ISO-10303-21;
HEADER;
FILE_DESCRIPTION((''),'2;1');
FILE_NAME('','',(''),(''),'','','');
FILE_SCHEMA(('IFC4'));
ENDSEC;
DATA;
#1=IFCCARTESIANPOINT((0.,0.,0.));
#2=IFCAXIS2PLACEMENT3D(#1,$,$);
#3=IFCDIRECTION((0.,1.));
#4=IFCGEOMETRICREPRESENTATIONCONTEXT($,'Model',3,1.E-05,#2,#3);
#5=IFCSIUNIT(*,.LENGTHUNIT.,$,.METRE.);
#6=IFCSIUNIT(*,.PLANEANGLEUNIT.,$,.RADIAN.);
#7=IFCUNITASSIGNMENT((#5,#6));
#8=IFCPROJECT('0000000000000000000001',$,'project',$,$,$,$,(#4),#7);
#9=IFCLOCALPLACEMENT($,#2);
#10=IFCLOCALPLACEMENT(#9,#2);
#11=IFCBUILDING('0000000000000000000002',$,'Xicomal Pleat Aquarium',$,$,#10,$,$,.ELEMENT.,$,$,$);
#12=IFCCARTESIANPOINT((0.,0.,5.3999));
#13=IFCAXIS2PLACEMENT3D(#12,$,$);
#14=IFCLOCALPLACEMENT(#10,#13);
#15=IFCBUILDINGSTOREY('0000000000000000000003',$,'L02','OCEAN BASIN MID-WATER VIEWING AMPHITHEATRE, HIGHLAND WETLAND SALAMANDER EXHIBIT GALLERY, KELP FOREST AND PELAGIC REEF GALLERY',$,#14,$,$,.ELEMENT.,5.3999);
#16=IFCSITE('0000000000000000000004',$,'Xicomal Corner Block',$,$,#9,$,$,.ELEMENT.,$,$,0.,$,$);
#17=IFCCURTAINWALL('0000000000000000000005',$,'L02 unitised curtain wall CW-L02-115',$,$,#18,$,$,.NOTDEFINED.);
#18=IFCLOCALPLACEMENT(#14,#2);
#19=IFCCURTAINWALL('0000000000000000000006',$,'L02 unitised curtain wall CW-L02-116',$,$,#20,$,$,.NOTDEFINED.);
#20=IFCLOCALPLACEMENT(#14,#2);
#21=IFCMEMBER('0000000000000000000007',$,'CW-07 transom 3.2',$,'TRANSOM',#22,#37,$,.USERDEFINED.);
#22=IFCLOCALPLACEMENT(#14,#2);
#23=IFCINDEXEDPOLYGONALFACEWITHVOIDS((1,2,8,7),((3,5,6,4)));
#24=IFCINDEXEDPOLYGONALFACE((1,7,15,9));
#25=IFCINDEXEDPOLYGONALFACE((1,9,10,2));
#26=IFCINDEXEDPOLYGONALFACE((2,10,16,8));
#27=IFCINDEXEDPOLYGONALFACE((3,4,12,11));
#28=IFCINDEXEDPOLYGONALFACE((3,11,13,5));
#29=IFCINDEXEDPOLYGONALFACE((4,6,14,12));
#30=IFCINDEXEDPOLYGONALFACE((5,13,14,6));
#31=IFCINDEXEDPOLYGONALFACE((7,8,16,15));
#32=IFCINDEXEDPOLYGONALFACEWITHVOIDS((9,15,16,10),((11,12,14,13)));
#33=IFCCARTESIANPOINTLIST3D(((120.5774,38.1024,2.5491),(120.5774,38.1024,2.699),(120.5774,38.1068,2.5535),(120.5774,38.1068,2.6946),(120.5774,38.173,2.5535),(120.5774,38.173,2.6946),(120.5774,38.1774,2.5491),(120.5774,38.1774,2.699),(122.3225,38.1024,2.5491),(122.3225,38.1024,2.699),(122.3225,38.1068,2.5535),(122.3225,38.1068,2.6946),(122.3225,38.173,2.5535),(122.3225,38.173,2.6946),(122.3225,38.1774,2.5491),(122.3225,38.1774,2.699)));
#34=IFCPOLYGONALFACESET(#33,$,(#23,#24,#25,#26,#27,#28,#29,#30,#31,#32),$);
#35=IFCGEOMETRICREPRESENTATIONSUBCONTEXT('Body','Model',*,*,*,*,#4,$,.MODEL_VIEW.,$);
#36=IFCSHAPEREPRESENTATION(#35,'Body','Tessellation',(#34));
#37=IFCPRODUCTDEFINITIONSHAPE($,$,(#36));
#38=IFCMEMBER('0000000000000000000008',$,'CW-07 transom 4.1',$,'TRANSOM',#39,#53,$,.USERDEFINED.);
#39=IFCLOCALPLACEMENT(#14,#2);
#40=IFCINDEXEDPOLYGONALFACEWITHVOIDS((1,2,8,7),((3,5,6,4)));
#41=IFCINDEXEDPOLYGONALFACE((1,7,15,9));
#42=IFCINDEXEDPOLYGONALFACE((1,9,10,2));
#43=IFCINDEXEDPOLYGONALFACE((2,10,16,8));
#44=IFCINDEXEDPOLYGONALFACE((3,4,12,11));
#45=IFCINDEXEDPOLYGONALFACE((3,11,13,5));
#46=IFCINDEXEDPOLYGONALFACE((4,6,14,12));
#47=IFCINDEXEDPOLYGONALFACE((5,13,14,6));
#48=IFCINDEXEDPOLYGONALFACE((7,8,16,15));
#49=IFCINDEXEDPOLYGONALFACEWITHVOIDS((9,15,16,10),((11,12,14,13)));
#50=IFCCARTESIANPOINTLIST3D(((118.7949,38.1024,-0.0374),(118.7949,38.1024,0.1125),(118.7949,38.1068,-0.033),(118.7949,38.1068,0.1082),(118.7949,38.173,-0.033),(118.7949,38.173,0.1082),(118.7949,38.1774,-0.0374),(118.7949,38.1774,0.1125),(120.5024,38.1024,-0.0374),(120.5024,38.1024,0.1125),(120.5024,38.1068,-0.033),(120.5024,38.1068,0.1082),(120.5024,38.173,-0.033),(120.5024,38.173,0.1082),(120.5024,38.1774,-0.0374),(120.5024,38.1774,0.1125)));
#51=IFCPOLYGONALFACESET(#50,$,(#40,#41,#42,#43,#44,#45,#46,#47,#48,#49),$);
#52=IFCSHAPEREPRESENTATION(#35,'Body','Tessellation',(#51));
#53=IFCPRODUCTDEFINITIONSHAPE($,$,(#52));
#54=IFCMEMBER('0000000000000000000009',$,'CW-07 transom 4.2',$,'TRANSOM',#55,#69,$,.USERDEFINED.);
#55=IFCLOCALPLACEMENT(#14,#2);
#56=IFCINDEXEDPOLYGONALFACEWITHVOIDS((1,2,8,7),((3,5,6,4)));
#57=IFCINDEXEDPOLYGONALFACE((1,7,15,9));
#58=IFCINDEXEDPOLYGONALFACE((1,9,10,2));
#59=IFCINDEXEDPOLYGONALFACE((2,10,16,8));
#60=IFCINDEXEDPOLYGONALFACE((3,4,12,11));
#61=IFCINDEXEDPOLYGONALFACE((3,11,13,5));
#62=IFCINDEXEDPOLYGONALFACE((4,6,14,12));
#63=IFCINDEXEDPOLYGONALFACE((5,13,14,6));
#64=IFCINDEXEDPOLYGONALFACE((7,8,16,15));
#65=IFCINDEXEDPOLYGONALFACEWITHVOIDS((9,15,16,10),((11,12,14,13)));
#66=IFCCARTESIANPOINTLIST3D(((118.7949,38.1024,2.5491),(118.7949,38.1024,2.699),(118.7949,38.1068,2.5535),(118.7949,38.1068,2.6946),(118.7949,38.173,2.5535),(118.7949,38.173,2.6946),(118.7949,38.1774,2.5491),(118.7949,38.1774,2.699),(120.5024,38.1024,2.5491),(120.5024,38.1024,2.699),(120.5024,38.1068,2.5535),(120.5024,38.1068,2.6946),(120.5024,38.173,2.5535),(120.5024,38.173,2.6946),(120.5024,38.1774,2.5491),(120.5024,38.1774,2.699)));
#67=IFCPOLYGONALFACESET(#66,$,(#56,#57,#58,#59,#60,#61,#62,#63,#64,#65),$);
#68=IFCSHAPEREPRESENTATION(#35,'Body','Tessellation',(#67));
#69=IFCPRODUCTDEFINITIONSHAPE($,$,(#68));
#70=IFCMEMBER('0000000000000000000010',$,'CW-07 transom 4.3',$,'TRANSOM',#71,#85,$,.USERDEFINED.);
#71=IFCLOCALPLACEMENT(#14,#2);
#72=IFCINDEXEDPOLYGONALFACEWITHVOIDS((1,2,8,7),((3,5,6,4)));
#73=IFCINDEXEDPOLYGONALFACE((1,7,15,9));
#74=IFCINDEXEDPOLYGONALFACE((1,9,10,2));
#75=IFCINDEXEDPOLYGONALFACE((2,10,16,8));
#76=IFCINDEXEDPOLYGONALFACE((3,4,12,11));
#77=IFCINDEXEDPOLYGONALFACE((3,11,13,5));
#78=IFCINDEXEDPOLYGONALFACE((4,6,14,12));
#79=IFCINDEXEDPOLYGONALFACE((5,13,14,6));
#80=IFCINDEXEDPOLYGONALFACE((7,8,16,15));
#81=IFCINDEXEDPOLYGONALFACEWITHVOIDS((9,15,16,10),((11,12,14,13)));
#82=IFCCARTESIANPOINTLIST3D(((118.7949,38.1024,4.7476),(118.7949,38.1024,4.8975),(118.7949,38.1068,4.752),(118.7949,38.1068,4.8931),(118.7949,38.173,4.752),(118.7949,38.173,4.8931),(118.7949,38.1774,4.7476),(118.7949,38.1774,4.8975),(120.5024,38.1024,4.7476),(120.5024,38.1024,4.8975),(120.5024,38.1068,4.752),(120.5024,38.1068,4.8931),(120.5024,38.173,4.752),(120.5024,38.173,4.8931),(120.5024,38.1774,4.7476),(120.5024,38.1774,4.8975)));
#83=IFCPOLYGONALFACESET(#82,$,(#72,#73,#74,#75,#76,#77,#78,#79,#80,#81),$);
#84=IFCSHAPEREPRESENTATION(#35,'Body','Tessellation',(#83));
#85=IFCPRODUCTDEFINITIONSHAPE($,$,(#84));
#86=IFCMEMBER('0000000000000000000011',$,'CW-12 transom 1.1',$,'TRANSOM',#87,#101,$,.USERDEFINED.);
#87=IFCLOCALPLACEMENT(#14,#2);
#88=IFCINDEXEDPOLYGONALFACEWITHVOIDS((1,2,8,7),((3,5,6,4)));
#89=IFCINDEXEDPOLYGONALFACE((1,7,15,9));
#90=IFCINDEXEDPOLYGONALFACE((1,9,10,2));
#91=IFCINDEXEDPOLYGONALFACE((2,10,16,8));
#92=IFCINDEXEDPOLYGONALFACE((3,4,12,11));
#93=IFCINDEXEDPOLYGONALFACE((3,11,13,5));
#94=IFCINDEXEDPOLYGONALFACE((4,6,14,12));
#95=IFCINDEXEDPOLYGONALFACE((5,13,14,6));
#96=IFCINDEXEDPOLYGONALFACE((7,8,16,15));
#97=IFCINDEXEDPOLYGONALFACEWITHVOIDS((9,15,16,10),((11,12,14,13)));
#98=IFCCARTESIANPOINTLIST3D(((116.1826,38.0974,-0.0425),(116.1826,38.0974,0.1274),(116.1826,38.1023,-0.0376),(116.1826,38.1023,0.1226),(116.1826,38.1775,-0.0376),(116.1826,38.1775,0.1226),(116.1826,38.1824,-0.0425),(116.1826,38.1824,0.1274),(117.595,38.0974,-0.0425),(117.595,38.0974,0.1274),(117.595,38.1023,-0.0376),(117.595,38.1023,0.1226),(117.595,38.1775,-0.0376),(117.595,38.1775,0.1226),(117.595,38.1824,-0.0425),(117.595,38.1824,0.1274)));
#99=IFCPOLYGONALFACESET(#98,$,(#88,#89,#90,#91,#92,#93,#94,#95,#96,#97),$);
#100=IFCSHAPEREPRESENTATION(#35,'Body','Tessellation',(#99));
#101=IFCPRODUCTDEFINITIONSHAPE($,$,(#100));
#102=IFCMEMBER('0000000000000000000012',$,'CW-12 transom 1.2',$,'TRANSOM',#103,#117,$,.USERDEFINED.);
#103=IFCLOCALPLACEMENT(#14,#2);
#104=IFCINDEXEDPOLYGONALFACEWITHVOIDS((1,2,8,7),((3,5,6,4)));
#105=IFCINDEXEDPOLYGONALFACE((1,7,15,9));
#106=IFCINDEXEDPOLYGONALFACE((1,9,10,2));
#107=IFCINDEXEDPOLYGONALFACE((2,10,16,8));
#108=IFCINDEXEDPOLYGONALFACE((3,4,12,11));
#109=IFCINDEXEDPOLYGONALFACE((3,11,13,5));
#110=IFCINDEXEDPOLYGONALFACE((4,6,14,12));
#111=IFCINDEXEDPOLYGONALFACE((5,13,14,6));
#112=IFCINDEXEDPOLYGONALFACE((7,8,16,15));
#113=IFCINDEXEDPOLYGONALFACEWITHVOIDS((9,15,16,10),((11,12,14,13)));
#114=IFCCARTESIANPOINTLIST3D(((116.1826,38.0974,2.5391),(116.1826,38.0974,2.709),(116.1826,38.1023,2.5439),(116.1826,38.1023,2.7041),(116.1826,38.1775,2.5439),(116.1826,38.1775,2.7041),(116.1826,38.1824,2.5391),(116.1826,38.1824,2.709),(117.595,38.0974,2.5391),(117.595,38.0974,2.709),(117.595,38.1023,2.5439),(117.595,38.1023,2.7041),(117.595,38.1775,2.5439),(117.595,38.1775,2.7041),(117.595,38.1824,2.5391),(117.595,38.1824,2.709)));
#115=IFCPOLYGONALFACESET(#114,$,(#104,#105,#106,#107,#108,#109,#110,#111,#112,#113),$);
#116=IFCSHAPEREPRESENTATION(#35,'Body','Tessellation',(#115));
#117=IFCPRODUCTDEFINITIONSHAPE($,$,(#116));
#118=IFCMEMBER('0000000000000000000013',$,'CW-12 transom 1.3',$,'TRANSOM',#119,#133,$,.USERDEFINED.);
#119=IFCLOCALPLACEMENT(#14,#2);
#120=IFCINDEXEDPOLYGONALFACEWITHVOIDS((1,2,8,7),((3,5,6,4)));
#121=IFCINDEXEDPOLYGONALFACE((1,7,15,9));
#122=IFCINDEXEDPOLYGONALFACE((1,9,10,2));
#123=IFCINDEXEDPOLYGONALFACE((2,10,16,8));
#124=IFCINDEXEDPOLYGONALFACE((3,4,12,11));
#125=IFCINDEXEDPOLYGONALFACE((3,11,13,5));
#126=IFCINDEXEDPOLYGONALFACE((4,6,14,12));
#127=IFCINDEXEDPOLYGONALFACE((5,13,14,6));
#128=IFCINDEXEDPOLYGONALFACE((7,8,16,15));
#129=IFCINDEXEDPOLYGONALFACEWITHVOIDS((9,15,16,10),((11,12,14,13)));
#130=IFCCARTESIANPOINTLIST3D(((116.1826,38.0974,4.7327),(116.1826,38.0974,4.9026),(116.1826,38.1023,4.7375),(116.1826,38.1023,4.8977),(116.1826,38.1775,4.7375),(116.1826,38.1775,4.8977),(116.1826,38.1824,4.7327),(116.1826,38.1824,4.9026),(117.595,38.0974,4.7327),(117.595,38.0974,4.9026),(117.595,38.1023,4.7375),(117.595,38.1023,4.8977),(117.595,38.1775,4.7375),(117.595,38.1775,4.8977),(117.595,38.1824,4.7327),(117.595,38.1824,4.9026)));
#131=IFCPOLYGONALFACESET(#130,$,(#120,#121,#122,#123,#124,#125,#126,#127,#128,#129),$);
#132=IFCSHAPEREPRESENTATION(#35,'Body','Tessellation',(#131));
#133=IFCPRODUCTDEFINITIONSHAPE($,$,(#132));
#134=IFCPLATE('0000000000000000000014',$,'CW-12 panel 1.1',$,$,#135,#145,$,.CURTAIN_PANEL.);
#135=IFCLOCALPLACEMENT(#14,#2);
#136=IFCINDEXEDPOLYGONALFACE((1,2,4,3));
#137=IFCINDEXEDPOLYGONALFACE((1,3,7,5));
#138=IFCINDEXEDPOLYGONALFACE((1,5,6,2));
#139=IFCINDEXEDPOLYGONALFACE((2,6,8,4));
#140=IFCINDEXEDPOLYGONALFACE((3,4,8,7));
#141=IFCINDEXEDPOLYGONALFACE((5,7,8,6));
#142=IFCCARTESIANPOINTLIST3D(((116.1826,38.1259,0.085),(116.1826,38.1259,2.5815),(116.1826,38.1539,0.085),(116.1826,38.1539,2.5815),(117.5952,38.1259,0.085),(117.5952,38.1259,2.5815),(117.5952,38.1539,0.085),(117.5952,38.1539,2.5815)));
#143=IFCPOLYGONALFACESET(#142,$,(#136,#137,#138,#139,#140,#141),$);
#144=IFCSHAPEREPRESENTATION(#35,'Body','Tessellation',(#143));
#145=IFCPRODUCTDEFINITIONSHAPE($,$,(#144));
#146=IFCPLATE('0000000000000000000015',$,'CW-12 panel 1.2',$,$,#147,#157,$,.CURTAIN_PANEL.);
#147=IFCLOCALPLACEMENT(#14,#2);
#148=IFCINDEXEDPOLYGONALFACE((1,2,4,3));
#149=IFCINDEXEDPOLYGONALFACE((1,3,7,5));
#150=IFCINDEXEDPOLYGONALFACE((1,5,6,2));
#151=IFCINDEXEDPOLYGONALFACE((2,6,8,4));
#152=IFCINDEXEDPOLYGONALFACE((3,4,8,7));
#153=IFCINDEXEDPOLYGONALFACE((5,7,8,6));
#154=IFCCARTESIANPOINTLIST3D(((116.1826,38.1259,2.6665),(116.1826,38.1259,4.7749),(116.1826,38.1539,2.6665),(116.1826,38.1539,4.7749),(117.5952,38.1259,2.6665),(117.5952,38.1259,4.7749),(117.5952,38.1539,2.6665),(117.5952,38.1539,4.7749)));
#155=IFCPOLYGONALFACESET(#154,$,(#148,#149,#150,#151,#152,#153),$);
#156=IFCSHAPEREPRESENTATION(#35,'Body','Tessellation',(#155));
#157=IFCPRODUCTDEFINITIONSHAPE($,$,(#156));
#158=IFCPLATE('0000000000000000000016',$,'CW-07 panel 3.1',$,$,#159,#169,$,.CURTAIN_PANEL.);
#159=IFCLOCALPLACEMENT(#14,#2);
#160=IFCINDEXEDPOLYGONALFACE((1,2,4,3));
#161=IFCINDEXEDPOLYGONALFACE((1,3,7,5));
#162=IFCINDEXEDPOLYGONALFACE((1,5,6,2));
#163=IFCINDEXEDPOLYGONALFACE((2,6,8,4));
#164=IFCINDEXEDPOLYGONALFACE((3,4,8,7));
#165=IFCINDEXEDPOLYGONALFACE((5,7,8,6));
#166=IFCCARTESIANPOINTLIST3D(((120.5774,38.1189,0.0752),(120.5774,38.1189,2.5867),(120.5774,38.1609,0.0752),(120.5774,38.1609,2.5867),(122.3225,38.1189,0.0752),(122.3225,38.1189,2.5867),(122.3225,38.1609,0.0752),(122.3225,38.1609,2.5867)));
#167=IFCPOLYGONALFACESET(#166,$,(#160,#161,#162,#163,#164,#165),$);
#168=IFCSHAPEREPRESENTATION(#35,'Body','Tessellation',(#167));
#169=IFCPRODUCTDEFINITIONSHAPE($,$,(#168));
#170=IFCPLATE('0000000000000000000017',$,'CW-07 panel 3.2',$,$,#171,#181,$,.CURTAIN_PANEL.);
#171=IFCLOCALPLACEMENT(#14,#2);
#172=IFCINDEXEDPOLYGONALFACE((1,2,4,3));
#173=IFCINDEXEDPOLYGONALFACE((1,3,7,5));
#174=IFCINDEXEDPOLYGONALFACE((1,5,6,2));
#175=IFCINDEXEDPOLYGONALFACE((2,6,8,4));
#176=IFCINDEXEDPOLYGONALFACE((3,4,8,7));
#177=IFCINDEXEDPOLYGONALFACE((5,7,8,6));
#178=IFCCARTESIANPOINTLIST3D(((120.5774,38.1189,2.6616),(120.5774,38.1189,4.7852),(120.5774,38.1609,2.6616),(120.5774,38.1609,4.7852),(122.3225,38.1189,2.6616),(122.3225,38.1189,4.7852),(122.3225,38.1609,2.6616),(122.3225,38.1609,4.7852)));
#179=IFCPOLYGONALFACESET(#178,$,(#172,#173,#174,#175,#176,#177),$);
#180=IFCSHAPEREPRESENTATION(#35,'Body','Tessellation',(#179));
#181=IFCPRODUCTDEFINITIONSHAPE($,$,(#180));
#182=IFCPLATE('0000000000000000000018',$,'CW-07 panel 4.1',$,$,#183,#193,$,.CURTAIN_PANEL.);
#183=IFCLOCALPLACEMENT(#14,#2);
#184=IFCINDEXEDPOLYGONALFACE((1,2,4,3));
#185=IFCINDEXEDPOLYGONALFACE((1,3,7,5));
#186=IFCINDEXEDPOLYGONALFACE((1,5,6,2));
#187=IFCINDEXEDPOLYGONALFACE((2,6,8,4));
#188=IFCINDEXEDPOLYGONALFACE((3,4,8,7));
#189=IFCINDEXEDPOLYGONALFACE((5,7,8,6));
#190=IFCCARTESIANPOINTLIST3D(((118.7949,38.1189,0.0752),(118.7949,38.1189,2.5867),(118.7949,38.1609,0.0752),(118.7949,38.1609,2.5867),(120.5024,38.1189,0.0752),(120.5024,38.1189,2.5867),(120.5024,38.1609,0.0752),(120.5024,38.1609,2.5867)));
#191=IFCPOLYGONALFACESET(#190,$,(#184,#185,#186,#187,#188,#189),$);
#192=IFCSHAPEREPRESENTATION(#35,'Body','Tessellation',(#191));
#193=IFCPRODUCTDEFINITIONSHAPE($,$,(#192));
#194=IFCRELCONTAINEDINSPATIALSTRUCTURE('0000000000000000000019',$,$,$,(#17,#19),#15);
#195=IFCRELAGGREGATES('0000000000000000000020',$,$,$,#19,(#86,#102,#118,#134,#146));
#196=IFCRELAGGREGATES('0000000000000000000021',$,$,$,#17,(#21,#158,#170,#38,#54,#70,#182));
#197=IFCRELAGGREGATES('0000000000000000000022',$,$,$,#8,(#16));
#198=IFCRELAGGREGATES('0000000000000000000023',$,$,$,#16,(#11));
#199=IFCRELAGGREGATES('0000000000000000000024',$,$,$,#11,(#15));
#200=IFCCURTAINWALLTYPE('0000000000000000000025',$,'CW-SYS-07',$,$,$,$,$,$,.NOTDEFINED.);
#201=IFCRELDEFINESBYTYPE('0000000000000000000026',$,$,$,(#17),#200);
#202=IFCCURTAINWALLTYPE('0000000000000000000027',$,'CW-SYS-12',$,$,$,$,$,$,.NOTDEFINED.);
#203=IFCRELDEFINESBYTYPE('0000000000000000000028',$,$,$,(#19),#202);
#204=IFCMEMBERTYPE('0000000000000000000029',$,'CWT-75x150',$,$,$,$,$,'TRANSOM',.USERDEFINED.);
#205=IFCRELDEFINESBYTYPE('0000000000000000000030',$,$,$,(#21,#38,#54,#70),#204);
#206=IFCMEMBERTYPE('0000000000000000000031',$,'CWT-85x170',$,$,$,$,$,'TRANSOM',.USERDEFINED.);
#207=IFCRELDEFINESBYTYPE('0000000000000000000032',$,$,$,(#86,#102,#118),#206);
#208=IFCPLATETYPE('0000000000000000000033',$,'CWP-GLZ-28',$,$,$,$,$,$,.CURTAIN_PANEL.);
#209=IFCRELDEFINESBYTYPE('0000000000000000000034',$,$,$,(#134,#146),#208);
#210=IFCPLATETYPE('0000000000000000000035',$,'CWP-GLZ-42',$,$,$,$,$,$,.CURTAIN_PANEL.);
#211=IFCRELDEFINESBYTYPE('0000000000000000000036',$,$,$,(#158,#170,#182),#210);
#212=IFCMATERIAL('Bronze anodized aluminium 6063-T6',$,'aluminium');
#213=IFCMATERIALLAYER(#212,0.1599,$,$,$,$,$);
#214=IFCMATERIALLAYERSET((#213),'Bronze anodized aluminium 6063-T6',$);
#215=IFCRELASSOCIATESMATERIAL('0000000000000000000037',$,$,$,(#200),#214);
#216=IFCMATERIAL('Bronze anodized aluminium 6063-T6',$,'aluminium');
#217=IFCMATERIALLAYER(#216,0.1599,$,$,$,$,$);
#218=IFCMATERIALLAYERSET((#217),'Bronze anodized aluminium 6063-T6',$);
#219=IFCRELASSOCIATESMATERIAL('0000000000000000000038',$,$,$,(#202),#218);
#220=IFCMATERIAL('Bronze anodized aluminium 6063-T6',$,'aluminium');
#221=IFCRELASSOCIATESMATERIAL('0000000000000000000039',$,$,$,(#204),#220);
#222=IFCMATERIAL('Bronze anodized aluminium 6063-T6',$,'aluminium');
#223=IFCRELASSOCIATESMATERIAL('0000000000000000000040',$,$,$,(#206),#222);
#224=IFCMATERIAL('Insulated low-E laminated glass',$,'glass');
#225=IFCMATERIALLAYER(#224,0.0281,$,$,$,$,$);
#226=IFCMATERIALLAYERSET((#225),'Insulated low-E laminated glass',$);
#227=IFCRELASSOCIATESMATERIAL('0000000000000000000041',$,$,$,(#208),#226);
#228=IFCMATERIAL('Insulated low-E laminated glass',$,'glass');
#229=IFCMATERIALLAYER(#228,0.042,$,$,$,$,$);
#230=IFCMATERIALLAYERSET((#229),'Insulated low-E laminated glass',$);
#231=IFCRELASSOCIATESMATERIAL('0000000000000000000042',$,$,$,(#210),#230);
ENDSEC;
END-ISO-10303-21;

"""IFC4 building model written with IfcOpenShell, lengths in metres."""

from ifc_helpers import new_model, si_unit, direction, frame, origin, origin_2d, place, context, subcontext, project, spatial, rectangle, hollow_rectangle, extrude, material, layer, layer_set, material_profile, profile_set, type_object, element, aggregate, save


model = new_model("IFC4")

# Units and contexts
model_context = context("Model", 3, precision=1e-05, world=origin(), true_north=direction((0.0, 1.0)))
body_context = subcontext(model_context, "Body", "Model", "MODEL_VIEW")
ifc_project = project(units=[si_unit("LENGTHUNIT", "METRE"), si_unit("PLANEANGLEUNIT", "RADIAN")], contexts=[model_context])

# Site, building, storey
site_placement = place(None, origin())
site = spatial("IfcSite", under=ifc_project, at=site_placement, Name="Xicomal Corner Block", CompositionType="ELEMENT", RefElevation=0.0)
building_placement = place(site_placement, origin())
building = spatial("IfcBuilding", under=site, at=building_placement, Name="Xicomal Pleat Aquarium", CompositionType="ELEMENT")
storey_placement = place(building_placement, frame((0.0, 0.0, 5.3999)))
storey = spatial("IfcBuildingStorey", under=building, at=storey_placement, Name="L02", Description="OCEAN BASIN MID-WATER VIEWING AMPHITHEATRE, HIGHLAND WETLAND SALAMANDER EXHIBIT GALLERY, KELP FOREST AND PELAGIC REEF GALLERY", CompositionType="ELEMENT", Elevation=5.3999)

# Curtain wall
ifc_material_1 = material(Name="Bronze anodized aluminium 6063-T6", Category="aluminium")
ifc_layer_1 = layer(ifc_material_1, 0.1599)
ifc_layer_set_1 = layer_set([ifc_layer_1], Name="Bronze anodized aluminium 6063-T6")
curtain_wall_type_1 = type_object("IfcCurtainWallType", Name="CW-SYS-07", PredefinedType="NOTDEFINED", material=ifc_layer_set_1)
curtain_wall_1_placement = place(storey_placement, origin())
curtain_wall_1 = element("IfcCurtainWall", 1, at=curtain_wall_1_placement, inside=storey, type_object=curtain_wall_type_1, Name="L02 unitised curtain wall CW-L02-115", PredefinedType="NOTDEFINED")

# Curtain wall
ifc_material_2 = material(Name="Bronze anodized aluminium 6063-T6", Category="aluminium")
ifc_layer_2 = layer(ifc_material_2, 0.1599)
ifc_layer_set_2 = layer_set([ifc_layer_2], Name="Bronze anodized aluminium 6063-T6")
curtain_wall_type_2 = type_object("IfcCurtainWallType", Name="CW-SYS-12", PredefinedType="NOTDEFINED", material=ifc_layer_set_2)
curtain_wall_2_placement = place(storey_placement, origin())
curtain_wall_2 = element("IfcCurtainWall", 2, at=curtain_wall_2_placement, inside=storey, type_object=curtain_wall_type_2, Name="L02 unitised curtain wall CW-L02-116", PredefinedType="NOTDEFINED")

# Members
ifc_material_3 = material(Name="Bronze anodized aluminium 6063-T6", Category="aluminium")
ifc_material_profile_1 = material_profile(ifc_material_3, hollow_rectangle(XDim=0.075, YDim=0.1499, WallThickness=0.0044, at=origin_2d()), Name="ALU TRAN 75x150")
ifc_profile_set_1 = profile_set([ifc_material_profile_1], Name="Bronze anodized aluminium 6063-T6")
member_type_1 = type_object("IfcMemberType", Name="CWT-75x150", ElementType="TRANSOM", PredefinedType="USERDEFINED", material=ifc_profile_set_1)
member_1_placement = place(storey_placement, frame((122.3225, 38.1399, 2.624), z_axis=(-1.0, 0.0, 0.0), x_axis=(0.0, -1.0, 0.0)))
member_1 = element("IfcMember", 3, at=member_1_placement, type_object=member_type_1, Name="CW-07 transom 3.2", ObjectType="TRANSOM", PredefinedType="USERDEFINED", context=body_context, shape_type="SweptSolid", body=[
    extrude(hollow_rectangle(XDim=0.075, YDim=0.1499, WallThickness=0.0044, at=origin_2d()), origin(), (0.0, 0.0, 1.0), 1.7451),
])
member_2_placement = place(storey_placement, frame((120.5024, 38.1399, 0.0376), z_axis=(-1.0, 0.0, 0.0), x_axis=(0.0, -1.0, 0.0)))
member_2 = element("IfcMember", 4, at=member_2_placement, type_object=member_type_1, Name="CW-07 transom 4.1", ObjectType="TRANSOM", PredefinedType="USERDEFINED", context=body_context, shape_type="SweptSolid", body=[
    extrude(hollow_rectangle(XDim=0.075, YDim=0.1499, WallThickness=0.0044, at=origin_2d()), origin(), (0.0, 0.0, 1.0), 1.7075),
])
member_3_placement = place(storey_placement, frame((120.5024, 38.1399, 2.624), z_axis=(-1.0, 0.0, 0.0), x_axis=(0.0, -1.0, 0.0)))
member_3 = element("IfcMember", 5, at=member_3_placement, type_object=member_type_1, Name="CW-07 transom 4.2", ObjectType="TRANSOM", PredefinedType="USERDEFINED", context=body_context, shape_type="SweptSolid", body=[
    extrude(hollow_rectangle(XDim=0.075, YDim=0.1499, WallThickness=0.0044, at=origin_2d()), origin(), (0.0, 0.0, 1.0), 1.7075),
])
member_4_placement = place(storey_placement, frame((120.5024, 38.1399, 4.8225), z_axis=(-1.0, 0.0, 0.0), x_axis=(0.0, -1.0, 0.0)))
member_4 = element("IfcMember", 6, at=member_4_placement, type_object=member_type_1, Name="CW-07 transom 4.3", ObjectType="TRANSOM", PredefinedType="USERDEFINED", context=body_context, shape_type="SweptSolid", body=[
    extrude(hollow_rectangle(XDim=0.075, YDim=0.1499, WallThickness=0.0044, at=origin_2d()), origin(), (0.0, 0.0, 1.0), 1.7075),
])
ifc_material_4 = material(Name="Bronze anodized aluminium 6063-T6", Category="aluminium")
ifc_material_profile_2 = material_profile(ifc_material_4, hollow_rectangle(XDim=0.085, YDim=0.1699, WallThickness=0.0049, at=origin_2d()), Name="ALU TRAN 85x170")
ifc_profile_set_2 = profile_set([ifc_material_profile_2], Name="Bronze anodized aluminium 6063-T6")
member_type_2 = type_object("IfcMemberType", Name="CWT-85x170", ElementType="TRANSOM", PredefinedType="USERDEFINED", material=ifc_profile_set_2)
member_5_placement = place(storey_placement, frame((117.595, 38.1399, 0.0425), z_axis=(-1.0, 0.0, 0.0), x_axis=(0.0, -1.0, 0.0)))
member_5 = element("IfcMember", 7, at=member_5_placement, type_object=member_type_2, Name="CW-12 transom 1.1", ObjectType="TRANSOM", PredefinedType="USERDEFINED", context=body_context, shape_type="SweptSolid", body=[
    extrude(hollow_rectangle(XDim=0.085, YDim=0.1699, WallThickness=0.0049, at=origin_2d()), origin(), (0.0, 0.0, 1.0), 1.4124),
])
member_6_placement = place(storey_placement, frame((117.595, 38.1399, 2.624), z_axis=(-1.0, 0.0, 0.0), x_axis=(0.0, -1.0, 0.0)))
member_6 = element("IfcMember", 8, at=member_6_placement, type_object=member_type_2, Name="CW-12 transom 1.2", ObjectType="TRANSOM", PredefinedType="USERDEFINED", context=body_context, shape_type="SweptSolid", body=[
    extrude(hollow_rectangle(XDim=0.085, YDim=0.1699, WallThickness=0.0049, at=origin_2d()), origin(), (0.0, 0.0, 1.0), 1.4124),
])
member_7_placement = place(storey_placement, frame((117.595, 38.1399, 4.8176), z_axis=(-1.0, 0.0, 0.0), x_axis=(0.0, -1.0, 0.0)))
member_7 = element("IfcMember", 9, at=member_7_placement, type_object=member_type_2, Name="CW-12 transom 1.3", ObjectType="TRANSOM", PredefinedType="USERDEFINED", context=body_context, shape_type="SweptSolid", body=[
    extrude(hollow_rectangle(XDim=0.085, YDim=0.1699, WallThickness=0.0049, at=origin_2d()), origin(), (0.0, 0.0, 1.0), 1.4124),
])

# Plates
ifc_material_5 = material(Name="Insulated low-E laminated glass", Category="glass")
ifc_layer_3 = layer(ifc_material_5, 0.0281)
ifc_layer_set_3 = layer_set([ifc_layer_3], Name="Insulated low-E laminated glass")
plate_type_1 = type_object("IfcPlateType", Name="CWP-GLZ-28", PredefinedType="CURTAIN_PANEL", material=ifc_layer_set_3)
plate_1_placement = place(storey_placement, frame((116.8889, 38.1399, 0.085), z_axis=(0.0, 0.0, 1.0), x_axis=(-1.0, 0.0, 0.0)))
plate_1 = element("IfcPlate", 10, at=plate_1_placement, type_object=plate_type_1, Name="CW-12 panel 1.1", PredefinedType="CURTAIN_PANEL", context=body_context, shape_type="SweptSolid", body=[
    extrude(rectangle(XDim=1.4126, YDim=0.0281, at=origin_2d()), origin(), (0.0, 0.0, 1.0), 2.4966),
])
plate_2_placement = place(storey_placement, frame((116.8889, 38.1399, 2.6665), z_axis=(0.0, 0.0, 1.0), x_axis=(-1.0, 0.0, 0.0)))
plate_2 = element("IfcPlate", 11, at=plate_2_placement, type_object=plate_type_1, Name="CW-12 panel 1.2", PredefinedType="CURTAIN_PANEL", context=body_context, shape_type="SweptSolid", body=[
    extrude(rectangle(XDim=1.4126, YDim=0.0281, at=origin_2d()), origin(), (0.0, 0.0, 1.0), 2.1084),
])
aggregate(curtain_wall_2, [member_5, member_6, member_7, plate_1, plate_2])
ifc_material_6 = material(Name="Insulated low-E laminated glass", Category="glass")
ifc_layer_4 = layer(ifc_material_6, 0.042)
ifc_layer_set_4 = layer_set([ifc_layer_4], Name="Insulated low-E laminated glass")
plate_type_2 = type_object("IfcPlateType", Name="CWP-GLZ-42", PredefinedType="CURTAIN_PANEL", material=ifc_layer_set_4)
plate_3_placement = place(storey_placement, frame((121.45, 38.1399, 0.0752), z_axis=(0.0, 0.0, 1.0), x_axis=(-1.0, 0.0, 0.0)))
plate_3 = element("IfcPlate", 12, at=plate_3_placement, type_object=plate_type_2, Name="CW-07 panel 3.1", PredefinedType="CURTAIN_PANEL", context=body_context, shape_type="SweptSolid", body=[
    extrude(rectangle(XDim=1.7451, YDim=0.042, at=origin_2d()), origin(), (0.0, 0.0, 1.0), 2.5115),
])
plate_4_placement = place(storey_placement, frame((121.45, 38.1399, 2.6616), z_axis=(0.0, 0.0, 1.0), x_axis=(-1.0, 0.0, 0.0)))
plate_4 = element("IfcPlate", 13, at=plate_4_placement, type_object=plate_type_2, Name="CW-07 panel 3.2", PredefinedType="CURTAIN_PANEL", context=body_context, shape_type="SweptSolid", body=[
    extrude(rectangle(XDim=1.7451, YDim=0.042, at=origin_2d()), origin(), (0.0, 0.0, 1.0), 2.1235),
])
plate_5_placement = place(storey_placement, frame((119.6487, 38.1399, 0.0752), z_axis=(0.0, 0.0, 1.0), x_axis=(-1.0, 0.0, 0.0)))
plate_5 = element("IfcPlate", 14, at=plate_5_placement, type_object=plate_type_2, Name="CW-07 panel 4.1", PredefinedType="CURTAIN_PANEL", context=body_context, shape_type="SweptSolid", body=[
    extrude(rectangle(XDim=1.7075, YDim=0.042, at=origin_2d()), origin(), (0.0, 0.0, 1.0), 2.5115),
])
aggregate(curtain_wall_1, [member_1, plate_3, plate_4, member_2, member_3, member_4, plate_5])

save(model, "model.ifc")
